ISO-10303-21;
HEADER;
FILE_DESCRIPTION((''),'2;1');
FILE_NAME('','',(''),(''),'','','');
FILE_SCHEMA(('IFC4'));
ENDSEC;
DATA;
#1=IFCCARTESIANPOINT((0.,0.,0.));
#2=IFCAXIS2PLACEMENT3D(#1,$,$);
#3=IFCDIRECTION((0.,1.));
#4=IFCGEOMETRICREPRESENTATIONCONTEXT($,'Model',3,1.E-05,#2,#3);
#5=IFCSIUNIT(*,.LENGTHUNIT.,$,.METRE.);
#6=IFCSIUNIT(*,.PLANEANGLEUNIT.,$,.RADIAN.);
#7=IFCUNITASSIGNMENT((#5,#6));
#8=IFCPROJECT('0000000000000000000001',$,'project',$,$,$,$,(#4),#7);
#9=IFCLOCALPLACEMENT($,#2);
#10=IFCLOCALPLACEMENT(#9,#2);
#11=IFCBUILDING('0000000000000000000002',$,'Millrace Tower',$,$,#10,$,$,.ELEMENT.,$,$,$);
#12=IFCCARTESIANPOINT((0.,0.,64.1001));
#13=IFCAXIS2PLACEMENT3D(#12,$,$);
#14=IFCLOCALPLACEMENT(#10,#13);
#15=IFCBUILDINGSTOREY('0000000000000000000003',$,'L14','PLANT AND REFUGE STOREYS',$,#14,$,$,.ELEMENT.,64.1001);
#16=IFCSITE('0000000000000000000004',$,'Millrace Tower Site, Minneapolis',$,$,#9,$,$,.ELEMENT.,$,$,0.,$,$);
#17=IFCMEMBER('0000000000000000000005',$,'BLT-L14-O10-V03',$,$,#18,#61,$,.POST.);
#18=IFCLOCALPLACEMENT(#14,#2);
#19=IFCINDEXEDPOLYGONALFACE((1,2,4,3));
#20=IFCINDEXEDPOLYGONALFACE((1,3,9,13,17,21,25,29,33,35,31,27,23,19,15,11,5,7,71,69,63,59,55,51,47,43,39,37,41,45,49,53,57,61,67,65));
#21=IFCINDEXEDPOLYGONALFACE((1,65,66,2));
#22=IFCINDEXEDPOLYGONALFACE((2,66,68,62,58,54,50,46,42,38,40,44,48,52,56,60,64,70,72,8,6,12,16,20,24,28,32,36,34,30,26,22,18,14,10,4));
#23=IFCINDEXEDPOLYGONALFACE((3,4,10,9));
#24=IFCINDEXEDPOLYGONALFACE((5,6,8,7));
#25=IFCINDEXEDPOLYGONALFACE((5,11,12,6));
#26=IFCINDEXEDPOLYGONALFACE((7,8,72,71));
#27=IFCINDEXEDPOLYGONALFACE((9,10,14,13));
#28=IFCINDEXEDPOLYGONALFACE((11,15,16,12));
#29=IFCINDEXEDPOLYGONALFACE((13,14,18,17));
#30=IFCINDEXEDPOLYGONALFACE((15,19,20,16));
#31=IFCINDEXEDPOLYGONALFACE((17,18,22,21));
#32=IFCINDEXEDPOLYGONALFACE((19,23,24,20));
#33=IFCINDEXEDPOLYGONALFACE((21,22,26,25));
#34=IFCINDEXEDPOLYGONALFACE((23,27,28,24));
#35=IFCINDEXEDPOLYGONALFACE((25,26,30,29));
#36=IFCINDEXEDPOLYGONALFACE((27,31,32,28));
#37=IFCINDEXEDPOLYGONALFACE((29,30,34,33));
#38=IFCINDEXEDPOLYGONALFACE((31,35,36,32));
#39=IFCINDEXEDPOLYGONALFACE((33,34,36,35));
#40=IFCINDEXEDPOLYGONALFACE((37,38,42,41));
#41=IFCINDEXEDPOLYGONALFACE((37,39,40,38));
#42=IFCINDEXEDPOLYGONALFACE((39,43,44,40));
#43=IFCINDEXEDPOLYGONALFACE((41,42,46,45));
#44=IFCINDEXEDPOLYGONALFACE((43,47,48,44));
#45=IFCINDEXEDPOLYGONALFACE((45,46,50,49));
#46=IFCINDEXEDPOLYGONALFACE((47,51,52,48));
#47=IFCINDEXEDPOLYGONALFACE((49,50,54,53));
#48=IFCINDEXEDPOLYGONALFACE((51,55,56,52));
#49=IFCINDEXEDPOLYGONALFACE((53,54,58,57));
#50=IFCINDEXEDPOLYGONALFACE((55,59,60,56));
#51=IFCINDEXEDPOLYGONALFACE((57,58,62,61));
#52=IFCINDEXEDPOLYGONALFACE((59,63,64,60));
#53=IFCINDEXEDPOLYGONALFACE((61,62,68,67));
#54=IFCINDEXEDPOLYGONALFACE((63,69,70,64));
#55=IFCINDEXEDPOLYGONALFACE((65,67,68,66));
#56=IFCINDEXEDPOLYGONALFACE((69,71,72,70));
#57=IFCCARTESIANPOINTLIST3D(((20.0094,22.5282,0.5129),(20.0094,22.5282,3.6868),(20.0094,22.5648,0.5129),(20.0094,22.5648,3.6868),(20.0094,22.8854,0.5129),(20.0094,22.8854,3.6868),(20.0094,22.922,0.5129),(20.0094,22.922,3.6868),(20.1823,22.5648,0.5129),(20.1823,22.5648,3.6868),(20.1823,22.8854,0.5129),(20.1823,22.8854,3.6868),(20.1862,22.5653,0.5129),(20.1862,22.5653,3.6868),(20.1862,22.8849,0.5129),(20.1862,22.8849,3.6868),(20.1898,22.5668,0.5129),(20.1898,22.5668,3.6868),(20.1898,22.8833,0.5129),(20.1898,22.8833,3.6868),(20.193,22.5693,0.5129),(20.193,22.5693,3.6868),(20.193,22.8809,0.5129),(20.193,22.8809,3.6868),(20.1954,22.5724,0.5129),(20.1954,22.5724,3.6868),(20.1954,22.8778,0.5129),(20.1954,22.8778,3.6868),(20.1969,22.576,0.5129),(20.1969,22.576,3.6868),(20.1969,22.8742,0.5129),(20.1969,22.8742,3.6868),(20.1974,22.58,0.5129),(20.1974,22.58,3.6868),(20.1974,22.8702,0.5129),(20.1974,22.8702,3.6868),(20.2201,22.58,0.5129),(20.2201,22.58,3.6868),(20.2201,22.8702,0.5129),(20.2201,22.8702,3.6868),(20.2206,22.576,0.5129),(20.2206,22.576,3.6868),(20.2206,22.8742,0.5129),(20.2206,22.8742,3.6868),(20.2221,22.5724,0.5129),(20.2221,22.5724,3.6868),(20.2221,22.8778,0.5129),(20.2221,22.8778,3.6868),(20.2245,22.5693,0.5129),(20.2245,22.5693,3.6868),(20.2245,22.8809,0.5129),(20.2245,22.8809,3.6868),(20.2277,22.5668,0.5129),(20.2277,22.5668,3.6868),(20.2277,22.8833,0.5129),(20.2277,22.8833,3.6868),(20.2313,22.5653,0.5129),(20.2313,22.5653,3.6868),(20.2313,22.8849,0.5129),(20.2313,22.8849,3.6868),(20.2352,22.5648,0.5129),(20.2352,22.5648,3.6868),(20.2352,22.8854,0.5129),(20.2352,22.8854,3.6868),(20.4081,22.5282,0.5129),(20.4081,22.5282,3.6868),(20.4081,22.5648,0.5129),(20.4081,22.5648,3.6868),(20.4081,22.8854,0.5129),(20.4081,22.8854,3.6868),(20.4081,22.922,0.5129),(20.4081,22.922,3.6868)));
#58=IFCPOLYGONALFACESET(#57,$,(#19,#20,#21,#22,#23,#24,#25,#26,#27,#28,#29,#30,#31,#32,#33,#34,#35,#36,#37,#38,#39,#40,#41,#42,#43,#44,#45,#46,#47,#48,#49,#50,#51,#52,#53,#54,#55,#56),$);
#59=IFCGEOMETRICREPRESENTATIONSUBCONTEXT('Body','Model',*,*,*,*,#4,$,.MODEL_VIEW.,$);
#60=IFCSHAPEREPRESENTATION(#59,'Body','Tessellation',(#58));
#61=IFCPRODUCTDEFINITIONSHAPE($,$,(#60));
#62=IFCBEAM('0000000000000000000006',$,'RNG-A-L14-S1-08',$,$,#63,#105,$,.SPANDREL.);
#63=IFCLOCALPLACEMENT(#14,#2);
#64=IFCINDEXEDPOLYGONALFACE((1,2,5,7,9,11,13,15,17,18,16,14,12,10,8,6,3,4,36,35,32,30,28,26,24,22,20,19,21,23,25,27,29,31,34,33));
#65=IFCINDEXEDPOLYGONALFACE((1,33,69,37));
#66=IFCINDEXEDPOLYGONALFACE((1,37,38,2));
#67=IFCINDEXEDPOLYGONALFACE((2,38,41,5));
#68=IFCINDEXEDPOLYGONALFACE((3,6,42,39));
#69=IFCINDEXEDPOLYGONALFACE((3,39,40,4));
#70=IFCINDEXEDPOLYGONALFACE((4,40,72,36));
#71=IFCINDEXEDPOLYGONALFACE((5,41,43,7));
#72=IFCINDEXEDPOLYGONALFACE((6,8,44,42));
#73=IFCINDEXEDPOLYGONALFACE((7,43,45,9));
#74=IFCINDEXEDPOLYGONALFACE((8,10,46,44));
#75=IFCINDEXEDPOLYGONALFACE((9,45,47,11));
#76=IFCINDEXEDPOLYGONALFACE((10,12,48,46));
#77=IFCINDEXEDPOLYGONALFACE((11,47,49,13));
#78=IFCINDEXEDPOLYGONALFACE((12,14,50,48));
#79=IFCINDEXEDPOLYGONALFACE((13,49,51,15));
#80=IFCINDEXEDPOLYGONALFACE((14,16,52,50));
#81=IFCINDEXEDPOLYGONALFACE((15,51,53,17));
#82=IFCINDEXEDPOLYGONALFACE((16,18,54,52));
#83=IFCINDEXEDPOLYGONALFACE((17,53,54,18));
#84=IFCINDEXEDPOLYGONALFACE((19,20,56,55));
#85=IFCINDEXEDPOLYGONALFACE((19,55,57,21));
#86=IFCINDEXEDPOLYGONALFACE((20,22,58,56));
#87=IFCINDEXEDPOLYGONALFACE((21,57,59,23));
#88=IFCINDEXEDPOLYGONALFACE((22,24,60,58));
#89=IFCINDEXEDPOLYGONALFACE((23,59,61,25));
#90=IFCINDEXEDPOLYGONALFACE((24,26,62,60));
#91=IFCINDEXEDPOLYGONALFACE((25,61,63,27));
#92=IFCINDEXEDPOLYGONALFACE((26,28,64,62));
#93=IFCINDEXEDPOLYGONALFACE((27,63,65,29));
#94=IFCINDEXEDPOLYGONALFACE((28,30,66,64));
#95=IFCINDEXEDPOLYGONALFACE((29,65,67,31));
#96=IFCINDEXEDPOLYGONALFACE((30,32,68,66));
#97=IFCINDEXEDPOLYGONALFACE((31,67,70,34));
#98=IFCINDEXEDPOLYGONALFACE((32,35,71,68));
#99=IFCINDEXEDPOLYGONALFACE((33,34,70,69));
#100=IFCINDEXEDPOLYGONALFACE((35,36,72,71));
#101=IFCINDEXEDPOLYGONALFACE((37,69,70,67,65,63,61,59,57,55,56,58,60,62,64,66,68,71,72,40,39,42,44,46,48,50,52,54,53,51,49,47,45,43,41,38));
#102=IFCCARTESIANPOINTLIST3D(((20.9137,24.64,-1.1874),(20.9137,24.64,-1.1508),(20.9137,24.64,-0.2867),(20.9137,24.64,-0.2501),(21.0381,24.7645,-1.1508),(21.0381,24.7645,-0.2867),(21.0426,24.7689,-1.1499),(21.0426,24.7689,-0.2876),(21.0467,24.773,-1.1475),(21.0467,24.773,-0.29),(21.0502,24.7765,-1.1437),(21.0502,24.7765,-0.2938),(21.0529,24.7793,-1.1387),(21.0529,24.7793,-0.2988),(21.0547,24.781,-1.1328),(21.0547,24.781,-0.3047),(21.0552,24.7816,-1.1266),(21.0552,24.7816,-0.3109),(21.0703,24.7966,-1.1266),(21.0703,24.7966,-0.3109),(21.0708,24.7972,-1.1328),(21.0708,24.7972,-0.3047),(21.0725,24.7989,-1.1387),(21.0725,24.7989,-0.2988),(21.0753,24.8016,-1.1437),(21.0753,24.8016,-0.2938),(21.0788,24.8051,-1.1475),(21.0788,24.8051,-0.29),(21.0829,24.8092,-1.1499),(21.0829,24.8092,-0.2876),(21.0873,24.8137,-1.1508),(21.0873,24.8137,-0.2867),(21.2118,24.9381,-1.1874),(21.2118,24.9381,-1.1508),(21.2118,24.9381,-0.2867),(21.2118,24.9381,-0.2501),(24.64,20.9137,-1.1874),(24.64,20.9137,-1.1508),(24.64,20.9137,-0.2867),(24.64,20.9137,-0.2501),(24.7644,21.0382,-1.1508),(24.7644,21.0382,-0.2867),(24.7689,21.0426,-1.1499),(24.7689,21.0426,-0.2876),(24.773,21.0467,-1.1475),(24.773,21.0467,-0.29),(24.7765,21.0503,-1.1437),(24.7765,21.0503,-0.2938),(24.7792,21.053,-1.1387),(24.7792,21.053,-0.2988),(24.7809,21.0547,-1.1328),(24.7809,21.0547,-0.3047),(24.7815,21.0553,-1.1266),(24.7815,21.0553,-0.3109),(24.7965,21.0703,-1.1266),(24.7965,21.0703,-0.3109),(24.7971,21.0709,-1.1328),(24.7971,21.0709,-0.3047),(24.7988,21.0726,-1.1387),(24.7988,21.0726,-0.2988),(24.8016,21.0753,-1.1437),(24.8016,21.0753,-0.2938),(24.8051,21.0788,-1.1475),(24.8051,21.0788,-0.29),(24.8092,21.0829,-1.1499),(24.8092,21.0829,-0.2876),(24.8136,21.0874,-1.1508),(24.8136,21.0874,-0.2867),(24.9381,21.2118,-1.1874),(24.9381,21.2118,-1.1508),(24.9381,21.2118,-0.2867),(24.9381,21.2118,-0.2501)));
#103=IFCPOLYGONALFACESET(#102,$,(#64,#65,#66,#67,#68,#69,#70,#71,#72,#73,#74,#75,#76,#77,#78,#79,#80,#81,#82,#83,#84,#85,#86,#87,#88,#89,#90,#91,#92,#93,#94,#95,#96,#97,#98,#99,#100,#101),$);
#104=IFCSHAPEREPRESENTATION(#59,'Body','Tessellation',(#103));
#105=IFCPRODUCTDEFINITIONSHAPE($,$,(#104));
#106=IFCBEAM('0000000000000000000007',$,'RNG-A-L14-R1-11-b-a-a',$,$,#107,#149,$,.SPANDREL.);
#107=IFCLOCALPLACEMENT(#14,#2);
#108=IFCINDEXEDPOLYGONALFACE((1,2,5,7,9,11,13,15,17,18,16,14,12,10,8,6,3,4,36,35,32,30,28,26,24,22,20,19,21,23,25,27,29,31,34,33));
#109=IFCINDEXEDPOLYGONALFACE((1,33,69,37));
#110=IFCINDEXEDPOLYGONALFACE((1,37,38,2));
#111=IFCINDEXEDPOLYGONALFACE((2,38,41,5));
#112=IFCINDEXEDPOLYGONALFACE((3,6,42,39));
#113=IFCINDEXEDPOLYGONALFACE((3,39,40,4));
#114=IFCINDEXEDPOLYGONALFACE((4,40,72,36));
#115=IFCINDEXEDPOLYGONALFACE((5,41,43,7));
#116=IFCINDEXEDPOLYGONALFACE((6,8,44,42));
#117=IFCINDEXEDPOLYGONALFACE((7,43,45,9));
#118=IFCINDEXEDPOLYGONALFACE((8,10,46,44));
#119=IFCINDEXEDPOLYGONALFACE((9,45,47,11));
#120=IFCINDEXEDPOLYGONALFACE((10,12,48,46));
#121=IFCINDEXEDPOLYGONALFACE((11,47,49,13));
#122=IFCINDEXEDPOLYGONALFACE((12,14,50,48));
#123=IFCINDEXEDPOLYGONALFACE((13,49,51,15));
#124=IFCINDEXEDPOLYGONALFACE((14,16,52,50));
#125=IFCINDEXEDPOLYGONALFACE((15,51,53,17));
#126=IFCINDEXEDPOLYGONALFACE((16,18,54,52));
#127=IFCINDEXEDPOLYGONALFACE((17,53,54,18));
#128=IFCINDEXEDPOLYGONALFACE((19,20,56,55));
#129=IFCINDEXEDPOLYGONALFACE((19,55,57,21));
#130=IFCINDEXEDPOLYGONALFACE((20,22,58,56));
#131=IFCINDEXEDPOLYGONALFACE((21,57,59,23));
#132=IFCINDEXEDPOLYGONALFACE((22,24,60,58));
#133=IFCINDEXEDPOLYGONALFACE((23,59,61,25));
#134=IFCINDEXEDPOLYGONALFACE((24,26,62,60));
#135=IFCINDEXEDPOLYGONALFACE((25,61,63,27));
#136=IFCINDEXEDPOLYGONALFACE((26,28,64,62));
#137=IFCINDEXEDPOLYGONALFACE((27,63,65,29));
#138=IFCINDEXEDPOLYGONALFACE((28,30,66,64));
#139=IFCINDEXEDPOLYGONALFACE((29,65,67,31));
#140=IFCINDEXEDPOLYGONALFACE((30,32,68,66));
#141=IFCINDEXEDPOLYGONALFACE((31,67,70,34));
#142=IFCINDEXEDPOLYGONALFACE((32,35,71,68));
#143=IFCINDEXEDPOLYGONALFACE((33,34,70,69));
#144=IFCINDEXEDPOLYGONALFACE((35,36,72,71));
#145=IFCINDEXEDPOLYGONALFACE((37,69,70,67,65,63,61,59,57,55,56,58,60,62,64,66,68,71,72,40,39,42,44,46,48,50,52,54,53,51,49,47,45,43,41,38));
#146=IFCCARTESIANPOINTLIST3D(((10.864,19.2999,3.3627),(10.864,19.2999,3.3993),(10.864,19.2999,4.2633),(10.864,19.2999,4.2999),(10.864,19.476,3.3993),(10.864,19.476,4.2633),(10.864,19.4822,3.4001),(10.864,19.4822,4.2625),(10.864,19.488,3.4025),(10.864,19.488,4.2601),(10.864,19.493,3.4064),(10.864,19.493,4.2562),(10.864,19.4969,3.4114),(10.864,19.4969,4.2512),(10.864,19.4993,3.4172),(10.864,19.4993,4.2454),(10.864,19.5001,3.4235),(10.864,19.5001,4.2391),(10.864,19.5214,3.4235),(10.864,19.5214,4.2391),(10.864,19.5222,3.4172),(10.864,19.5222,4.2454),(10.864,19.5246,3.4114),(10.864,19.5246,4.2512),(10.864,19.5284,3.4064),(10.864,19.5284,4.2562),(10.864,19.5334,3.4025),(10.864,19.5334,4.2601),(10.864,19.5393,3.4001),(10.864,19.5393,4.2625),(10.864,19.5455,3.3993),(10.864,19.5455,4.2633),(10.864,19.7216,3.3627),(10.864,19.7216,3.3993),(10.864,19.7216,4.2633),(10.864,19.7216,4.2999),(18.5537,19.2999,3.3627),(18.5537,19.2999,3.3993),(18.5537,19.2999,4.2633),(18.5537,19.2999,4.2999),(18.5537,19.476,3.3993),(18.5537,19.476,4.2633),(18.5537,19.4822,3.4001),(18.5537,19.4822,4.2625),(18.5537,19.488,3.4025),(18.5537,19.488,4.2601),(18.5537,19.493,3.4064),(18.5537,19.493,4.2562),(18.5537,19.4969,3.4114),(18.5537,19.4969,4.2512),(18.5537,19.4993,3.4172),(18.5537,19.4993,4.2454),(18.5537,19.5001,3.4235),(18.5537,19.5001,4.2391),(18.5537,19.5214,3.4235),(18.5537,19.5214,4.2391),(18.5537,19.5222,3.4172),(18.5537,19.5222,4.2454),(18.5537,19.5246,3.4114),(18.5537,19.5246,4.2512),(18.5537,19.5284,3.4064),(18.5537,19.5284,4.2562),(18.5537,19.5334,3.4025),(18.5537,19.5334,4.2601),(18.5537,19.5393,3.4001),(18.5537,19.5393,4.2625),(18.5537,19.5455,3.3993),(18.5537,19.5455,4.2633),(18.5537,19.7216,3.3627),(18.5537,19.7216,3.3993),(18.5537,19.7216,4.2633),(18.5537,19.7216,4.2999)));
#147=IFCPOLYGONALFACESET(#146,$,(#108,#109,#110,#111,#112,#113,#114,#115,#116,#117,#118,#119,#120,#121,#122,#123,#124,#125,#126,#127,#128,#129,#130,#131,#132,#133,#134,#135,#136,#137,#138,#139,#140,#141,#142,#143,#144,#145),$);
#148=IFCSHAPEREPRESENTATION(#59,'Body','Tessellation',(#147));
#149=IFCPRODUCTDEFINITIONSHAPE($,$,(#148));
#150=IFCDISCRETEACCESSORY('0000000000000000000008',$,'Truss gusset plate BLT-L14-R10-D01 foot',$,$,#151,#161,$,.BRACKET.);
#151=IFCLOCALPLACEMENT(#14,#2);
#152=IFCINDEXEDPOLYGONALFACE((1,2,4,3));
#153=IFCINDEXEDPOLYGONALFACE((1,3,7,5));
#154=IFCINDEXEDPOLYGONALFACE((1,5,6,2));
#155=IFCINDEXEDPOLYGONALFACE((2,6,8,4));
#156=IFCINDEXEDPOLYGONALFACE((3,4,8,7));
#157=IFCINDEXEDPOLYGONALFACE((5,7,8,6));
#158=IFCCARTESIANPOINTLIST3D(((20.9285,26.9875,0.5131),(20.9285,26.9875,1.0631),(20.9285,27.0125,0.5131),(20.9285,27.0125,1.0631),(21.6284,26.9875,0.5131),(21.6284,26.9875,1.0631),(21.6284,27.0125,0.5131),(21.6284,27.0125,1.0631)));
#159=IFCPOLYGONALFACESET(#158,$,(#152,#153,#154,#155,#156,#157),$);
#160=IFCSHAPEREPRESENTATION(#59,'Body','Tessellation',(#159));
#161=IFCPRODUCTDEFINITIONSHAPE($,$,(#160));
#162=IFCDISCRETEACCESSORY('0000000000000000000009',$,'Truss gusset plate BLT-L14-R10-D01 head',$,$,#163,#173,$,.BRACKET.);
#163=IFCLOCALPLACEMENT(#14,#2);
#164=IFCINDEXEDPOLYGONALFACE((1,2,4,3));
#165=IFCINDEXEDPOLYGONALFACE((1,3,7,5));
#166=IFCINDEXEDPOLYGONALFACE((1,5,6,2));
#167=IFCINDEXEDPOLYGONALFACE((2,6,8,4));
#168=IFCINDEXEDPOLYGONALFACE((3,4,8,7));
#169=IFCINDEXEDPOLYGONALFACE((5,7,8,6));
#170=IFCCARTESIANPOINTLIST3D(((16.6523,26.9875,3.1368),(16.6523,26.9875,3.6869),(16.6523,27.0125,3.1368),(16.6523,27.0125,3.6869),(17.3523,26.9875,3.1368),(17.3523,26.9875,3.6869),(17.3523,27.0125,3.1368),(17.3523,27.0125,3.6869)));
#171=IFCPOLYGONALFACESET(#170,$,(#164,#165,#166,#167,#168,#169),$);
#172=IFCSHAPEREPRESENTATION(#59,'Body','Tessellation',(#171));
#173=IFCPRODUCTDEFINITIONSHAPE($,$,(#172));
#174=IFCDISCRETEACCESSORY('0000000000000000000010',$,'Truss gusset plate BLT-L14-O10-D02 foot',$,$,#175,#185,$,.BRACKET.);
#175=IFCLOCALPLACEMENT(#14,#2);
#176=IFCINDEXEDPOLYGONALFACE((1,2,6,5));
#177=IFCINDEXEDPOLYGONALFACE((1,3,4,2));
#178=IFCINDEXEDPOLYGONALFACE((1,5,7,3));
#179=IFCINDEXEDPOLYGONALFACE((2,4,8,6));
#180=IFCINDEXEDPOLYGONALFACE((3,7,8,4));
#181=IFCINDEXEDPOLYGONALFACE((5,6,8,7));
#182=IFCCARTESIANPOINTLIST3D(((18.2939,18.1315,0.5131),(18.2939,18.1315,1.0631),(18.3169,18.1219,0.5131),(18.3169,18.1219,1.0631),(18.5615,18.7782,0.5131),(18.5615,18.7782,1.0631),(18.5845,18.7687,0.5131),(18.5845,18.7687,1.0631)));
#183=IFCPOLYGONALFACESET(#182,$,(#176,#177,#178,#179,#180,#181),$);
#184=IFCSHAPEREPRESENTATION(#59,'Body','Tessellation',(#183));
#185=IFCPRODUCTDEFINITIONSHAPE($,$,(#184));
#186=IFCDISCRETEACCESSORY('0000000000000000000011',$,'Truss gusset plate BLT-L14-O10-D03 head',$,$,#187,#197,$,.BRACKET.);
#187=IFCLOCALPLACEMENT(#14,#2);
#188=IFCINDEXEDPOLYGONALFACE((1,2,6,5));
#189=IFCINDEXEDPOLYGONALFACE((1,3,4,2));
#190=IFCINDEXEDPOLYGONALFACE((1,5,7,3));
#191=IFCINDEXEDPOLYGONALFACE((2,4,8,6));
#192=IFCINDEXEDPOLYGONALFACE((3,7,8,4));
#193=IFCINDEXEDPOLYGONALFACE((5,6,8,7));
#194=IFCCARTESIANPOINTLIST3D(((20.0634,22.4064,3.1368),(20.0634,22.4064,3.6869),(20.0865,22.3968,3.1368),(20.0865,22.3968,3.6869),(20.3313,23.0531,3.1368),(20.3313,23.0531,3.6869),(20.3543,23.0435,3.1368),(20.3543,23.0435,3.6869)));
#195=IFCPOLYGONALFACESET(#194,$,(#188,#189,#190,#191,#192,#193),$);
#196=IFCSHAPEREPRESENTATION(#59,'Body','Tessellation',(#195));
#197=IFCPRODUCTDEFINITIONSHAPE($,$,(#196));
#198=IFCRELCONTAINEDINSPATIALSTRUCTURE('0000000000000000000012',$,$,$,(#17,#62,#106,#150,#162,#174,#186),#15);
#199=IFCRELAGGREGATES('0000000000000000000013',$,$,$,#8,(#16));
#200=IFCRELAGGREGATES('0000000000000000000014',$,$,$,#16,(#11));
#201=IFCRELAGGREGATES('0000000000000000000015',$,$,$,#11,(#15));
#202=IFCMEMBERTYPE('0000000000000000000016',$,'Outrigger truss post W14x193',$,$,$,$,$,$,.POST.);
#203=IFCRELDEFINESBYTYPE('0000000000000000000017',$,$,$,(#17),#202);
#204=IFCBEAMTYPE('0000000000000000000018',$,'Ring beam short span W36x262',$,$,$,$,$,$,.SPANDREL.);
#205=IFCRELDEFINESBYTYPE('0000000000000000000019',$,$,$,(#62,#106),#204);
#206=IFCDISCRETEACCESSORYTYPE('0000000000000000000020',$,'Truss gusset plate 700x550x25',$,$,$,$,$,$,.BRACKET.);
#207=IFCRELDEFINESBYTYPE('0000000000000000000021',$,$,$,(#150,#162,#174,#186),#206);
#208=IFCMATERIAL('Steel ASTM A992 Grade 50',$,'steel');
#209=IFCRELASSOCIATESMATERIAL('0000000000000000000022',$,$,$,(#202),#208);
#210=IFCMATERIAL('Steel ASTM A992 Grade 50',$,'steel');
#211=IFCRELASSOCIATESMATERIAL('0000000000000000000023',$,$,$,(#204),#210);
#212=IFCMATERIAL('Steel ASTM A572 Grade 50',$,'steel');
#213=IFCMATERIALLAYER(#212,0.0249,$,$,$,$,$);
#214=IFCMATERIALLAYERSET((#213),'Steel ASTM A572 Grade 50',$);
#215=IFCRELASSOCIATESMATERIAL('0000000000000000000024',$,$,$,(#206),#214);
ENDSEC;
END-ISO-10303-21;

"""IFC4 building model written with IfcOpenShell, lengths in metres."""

from ifc_helpers import new_model, si_unit, direction, frame, origin, origin_2d, place, context, subcontext, project, spatial, rectangle, i_section, extrude, material, layer, layer_set, material_profile, profile_set, type_object, element, save


model = new_model("IFC4")

# Units and contexts
model_context = context("Model", 3, precision=1e-05, world=origin(), true_north=direction((0.0, 1.0)))
body_context = subcontext(model_context, "Body", "Model", "MODEL_VIEW")
ifc_project = project(units=[si_unit("LENGTHUNIT", "METRE"), si_unit("PLANEANGLEUNIT", "RADIAN")], contexts=[model_context])

# Site, building, storey
site_placement = place(None, origin())
site = spatial("IfcSite", under=ifc_project, at=site_placement, Name="Millrace Tower Site, Minneapolis", CompositionType="ELEMENT", RefElevation=0.0)
building_placement = place(site_placement, origin())
building = spatial("IfcBuilding", under=site, at=building_placement, Name="Millrace Tower", CompositionType="ELEMENT")
storey_placement = place(building_placement, frame((0.0, 0.0, 64.1001)))
storey = spatial("IfcBuildingStorey", under=building, at=storey_placement, Name="L14", Description="PLANT AND REFUGE STOREYS", CompositionType="ELEMENT", Elevation=64.1001)

# Member
ifc_material_1 = material(Name="Steel ASTM A992 Grade 50", Category="steel")
ifc_material_profile_1 = material_profile(ifc_material_1, i_section(OverallWidth=0.3987, OverallDepth=0.3938, WebThickness=0.0227, FlangeThickness=0.0366, FilletRadius=0.0151, at=origin_2d()))
ifc_profile_set_1 = profile_set([ifc_material_profile_1], Name="Steel ASTM A992 Grade 50")
member_type_1 = type_object("IfcMemberType", Name="Outrigger truss post W14x193", PredefinedType="POST", material=ifc_profile_set_1)
for number, where, z_axis, x_axis, name in (
    (1, (20.2087, 22.7251, 0.5129), (0.0, 0.0, 1.0), (1.0, 0.0, 0.0), "BLT-L14-O10-V03"),
):
    element("IfcMember", number, at=place(storey_placement, frame(where, z_axis=z_axis, x_axis=x_axis)), inside=storey, type_object=member_type_1, Name=name, PredefinedType="POST", context=body_context, shape_type="SweptSolid", body=[
        extrude(i_section(OverallWidth=0.3987, OverallDepth=0.3938, WebThickness=0.0227, FlangeThickness=0.0366, FilletRadius=0.0151, at=origin_2d()), origin(), (0.0, 0.0, 1.0), 3.1738),
    ])

# Beams
ifc_material_2 = material(Name="Steel ASTM A992 Grade 50", Category="steel")
ifc_material_profile_2 = material_profile(ifc_material_2, i_section(OverallWidth=0.4216, OverallDepth=0.9373, WebThickness=0.0212, FlangeThickness=0.0366, FilletRadius=0.0242, at=origin_2d()))
ifc_profile_set_2 = profile_set([ifc_material_profile_2], Name="Steel ASTM A992 Grade 50")
beam_type_1 = type_object("IfcBeamType", Name="Ring beam short span W36x262", PredefinedType="SPANDREL", material=ifc_profile_set_2)
beam_1_placement = place(storey_placement, frame((21.0627, 24.7891, -0.7188), z_axis=(0.707107, -0.707107, 0.0), x_axis=(0.707107, 0.707107, 0.0)))
element("IfcBeam", 2, at=beam_1_placement, inside=storey, type_object=beam_type_1, Name="RNG-A-L14-S1-08", PredefinedType="SPANDREL", context=body_context, shape_type="SweptSolid", body=[
    extrude(i_section(OverallWidth=0.4216, OverallDepth=0.9373, WebThickness=0.0212, FlangeThickness=0.0366, FilletRadius=0.0242, at=origin_2d()), origin(), (0.0, 0.0, 1.0), 5.2698),
])
beam_2_placement = place(storey_placement, frame((18.5537, 19.5107, 3.8313), z_axis=(-1.0, 0.0, 0.0), x_axis=(0.0, -1.0, 0.0)))
element("IfcBeam", 3, at=beam_2_placement, inside=storey, type_object=beam_type_1, Name="RNG-A-L14-R1-11-b-a-a", PredefinedType="SPANDREL", context=body_context, shape_type="SweptSolid", body=[
    extrude(i_section(OverallWidth=0.4216, OverallDepth=0.9373, WebThickness=0.0212, FlangeThickness=0.0366, FilletRadius=0.0242, at=origin_2d()), origin(), (0.0, 0.0, 1.0), 7.6897),
])

# Discrete accessories
ifc_material_3 = material(Name="Steel ASTM A572 Grade 50", Category="steel")
ifc_layer_1 = layer(ifc_material_3, 0.0249)
ifc_layer_set_1 = layer_set([ifc_layer_1], Name="Steel ASTM A572 Grade 50")
discrete_accessory_type = type_object("IfcDiscreteAccessoryType", Name="Truss gusset plate 700x550x25", PredefinedType="BRACKET", material=ifc_layer_set_1)
for number, where, z_axis, x_axis, name in (
    (4, (20.9285, 27.0, 0.7881), (1.0, 0.0, 0.0), (0.0, 1.0, 0.0), "Truss gusset plate BLT-L14-R10-D01 foot"),
    (5, (16.6523, 27.0, 3.4119), (1.0, 0.0, 0.0), (0.0, 1.0, 0.0), "Truss gusset plate BLT-L14-R10-D01 head"),
    (6, (18.3054, 18.1267, 0.7881), (0.382311, 0.924034, 0.0), (-0.924034, 0.382311, 0.0), "Truss gusset plate BLT-L14-O10-D02 foot"),
    (7, (20.075, 22.4016, 3.4119), (0.382608, 0.923911, 0.0), (-0.923911, 0.382608, 0.0), "Truss gusset plate BLT-L14-O10-D03 head"),
):
    element("IfcDiscreteAccessory", number, at=place(storey_placement, frame(where, z_axis=z_axis, x_axis=x_axis)), inside=storey, type_object=discrete_accessory_type, Name=name, PredefinedType="BRACKET", context=body_context, shape_type="SweptSolid", body=[
        extrude(rectangle(XDim=0.0249, YDim=0.55, at=origin_2d()), origin(), (0.0, 0.0, 1.0), 0.7),
    ])

save(model, "model.ifc")
